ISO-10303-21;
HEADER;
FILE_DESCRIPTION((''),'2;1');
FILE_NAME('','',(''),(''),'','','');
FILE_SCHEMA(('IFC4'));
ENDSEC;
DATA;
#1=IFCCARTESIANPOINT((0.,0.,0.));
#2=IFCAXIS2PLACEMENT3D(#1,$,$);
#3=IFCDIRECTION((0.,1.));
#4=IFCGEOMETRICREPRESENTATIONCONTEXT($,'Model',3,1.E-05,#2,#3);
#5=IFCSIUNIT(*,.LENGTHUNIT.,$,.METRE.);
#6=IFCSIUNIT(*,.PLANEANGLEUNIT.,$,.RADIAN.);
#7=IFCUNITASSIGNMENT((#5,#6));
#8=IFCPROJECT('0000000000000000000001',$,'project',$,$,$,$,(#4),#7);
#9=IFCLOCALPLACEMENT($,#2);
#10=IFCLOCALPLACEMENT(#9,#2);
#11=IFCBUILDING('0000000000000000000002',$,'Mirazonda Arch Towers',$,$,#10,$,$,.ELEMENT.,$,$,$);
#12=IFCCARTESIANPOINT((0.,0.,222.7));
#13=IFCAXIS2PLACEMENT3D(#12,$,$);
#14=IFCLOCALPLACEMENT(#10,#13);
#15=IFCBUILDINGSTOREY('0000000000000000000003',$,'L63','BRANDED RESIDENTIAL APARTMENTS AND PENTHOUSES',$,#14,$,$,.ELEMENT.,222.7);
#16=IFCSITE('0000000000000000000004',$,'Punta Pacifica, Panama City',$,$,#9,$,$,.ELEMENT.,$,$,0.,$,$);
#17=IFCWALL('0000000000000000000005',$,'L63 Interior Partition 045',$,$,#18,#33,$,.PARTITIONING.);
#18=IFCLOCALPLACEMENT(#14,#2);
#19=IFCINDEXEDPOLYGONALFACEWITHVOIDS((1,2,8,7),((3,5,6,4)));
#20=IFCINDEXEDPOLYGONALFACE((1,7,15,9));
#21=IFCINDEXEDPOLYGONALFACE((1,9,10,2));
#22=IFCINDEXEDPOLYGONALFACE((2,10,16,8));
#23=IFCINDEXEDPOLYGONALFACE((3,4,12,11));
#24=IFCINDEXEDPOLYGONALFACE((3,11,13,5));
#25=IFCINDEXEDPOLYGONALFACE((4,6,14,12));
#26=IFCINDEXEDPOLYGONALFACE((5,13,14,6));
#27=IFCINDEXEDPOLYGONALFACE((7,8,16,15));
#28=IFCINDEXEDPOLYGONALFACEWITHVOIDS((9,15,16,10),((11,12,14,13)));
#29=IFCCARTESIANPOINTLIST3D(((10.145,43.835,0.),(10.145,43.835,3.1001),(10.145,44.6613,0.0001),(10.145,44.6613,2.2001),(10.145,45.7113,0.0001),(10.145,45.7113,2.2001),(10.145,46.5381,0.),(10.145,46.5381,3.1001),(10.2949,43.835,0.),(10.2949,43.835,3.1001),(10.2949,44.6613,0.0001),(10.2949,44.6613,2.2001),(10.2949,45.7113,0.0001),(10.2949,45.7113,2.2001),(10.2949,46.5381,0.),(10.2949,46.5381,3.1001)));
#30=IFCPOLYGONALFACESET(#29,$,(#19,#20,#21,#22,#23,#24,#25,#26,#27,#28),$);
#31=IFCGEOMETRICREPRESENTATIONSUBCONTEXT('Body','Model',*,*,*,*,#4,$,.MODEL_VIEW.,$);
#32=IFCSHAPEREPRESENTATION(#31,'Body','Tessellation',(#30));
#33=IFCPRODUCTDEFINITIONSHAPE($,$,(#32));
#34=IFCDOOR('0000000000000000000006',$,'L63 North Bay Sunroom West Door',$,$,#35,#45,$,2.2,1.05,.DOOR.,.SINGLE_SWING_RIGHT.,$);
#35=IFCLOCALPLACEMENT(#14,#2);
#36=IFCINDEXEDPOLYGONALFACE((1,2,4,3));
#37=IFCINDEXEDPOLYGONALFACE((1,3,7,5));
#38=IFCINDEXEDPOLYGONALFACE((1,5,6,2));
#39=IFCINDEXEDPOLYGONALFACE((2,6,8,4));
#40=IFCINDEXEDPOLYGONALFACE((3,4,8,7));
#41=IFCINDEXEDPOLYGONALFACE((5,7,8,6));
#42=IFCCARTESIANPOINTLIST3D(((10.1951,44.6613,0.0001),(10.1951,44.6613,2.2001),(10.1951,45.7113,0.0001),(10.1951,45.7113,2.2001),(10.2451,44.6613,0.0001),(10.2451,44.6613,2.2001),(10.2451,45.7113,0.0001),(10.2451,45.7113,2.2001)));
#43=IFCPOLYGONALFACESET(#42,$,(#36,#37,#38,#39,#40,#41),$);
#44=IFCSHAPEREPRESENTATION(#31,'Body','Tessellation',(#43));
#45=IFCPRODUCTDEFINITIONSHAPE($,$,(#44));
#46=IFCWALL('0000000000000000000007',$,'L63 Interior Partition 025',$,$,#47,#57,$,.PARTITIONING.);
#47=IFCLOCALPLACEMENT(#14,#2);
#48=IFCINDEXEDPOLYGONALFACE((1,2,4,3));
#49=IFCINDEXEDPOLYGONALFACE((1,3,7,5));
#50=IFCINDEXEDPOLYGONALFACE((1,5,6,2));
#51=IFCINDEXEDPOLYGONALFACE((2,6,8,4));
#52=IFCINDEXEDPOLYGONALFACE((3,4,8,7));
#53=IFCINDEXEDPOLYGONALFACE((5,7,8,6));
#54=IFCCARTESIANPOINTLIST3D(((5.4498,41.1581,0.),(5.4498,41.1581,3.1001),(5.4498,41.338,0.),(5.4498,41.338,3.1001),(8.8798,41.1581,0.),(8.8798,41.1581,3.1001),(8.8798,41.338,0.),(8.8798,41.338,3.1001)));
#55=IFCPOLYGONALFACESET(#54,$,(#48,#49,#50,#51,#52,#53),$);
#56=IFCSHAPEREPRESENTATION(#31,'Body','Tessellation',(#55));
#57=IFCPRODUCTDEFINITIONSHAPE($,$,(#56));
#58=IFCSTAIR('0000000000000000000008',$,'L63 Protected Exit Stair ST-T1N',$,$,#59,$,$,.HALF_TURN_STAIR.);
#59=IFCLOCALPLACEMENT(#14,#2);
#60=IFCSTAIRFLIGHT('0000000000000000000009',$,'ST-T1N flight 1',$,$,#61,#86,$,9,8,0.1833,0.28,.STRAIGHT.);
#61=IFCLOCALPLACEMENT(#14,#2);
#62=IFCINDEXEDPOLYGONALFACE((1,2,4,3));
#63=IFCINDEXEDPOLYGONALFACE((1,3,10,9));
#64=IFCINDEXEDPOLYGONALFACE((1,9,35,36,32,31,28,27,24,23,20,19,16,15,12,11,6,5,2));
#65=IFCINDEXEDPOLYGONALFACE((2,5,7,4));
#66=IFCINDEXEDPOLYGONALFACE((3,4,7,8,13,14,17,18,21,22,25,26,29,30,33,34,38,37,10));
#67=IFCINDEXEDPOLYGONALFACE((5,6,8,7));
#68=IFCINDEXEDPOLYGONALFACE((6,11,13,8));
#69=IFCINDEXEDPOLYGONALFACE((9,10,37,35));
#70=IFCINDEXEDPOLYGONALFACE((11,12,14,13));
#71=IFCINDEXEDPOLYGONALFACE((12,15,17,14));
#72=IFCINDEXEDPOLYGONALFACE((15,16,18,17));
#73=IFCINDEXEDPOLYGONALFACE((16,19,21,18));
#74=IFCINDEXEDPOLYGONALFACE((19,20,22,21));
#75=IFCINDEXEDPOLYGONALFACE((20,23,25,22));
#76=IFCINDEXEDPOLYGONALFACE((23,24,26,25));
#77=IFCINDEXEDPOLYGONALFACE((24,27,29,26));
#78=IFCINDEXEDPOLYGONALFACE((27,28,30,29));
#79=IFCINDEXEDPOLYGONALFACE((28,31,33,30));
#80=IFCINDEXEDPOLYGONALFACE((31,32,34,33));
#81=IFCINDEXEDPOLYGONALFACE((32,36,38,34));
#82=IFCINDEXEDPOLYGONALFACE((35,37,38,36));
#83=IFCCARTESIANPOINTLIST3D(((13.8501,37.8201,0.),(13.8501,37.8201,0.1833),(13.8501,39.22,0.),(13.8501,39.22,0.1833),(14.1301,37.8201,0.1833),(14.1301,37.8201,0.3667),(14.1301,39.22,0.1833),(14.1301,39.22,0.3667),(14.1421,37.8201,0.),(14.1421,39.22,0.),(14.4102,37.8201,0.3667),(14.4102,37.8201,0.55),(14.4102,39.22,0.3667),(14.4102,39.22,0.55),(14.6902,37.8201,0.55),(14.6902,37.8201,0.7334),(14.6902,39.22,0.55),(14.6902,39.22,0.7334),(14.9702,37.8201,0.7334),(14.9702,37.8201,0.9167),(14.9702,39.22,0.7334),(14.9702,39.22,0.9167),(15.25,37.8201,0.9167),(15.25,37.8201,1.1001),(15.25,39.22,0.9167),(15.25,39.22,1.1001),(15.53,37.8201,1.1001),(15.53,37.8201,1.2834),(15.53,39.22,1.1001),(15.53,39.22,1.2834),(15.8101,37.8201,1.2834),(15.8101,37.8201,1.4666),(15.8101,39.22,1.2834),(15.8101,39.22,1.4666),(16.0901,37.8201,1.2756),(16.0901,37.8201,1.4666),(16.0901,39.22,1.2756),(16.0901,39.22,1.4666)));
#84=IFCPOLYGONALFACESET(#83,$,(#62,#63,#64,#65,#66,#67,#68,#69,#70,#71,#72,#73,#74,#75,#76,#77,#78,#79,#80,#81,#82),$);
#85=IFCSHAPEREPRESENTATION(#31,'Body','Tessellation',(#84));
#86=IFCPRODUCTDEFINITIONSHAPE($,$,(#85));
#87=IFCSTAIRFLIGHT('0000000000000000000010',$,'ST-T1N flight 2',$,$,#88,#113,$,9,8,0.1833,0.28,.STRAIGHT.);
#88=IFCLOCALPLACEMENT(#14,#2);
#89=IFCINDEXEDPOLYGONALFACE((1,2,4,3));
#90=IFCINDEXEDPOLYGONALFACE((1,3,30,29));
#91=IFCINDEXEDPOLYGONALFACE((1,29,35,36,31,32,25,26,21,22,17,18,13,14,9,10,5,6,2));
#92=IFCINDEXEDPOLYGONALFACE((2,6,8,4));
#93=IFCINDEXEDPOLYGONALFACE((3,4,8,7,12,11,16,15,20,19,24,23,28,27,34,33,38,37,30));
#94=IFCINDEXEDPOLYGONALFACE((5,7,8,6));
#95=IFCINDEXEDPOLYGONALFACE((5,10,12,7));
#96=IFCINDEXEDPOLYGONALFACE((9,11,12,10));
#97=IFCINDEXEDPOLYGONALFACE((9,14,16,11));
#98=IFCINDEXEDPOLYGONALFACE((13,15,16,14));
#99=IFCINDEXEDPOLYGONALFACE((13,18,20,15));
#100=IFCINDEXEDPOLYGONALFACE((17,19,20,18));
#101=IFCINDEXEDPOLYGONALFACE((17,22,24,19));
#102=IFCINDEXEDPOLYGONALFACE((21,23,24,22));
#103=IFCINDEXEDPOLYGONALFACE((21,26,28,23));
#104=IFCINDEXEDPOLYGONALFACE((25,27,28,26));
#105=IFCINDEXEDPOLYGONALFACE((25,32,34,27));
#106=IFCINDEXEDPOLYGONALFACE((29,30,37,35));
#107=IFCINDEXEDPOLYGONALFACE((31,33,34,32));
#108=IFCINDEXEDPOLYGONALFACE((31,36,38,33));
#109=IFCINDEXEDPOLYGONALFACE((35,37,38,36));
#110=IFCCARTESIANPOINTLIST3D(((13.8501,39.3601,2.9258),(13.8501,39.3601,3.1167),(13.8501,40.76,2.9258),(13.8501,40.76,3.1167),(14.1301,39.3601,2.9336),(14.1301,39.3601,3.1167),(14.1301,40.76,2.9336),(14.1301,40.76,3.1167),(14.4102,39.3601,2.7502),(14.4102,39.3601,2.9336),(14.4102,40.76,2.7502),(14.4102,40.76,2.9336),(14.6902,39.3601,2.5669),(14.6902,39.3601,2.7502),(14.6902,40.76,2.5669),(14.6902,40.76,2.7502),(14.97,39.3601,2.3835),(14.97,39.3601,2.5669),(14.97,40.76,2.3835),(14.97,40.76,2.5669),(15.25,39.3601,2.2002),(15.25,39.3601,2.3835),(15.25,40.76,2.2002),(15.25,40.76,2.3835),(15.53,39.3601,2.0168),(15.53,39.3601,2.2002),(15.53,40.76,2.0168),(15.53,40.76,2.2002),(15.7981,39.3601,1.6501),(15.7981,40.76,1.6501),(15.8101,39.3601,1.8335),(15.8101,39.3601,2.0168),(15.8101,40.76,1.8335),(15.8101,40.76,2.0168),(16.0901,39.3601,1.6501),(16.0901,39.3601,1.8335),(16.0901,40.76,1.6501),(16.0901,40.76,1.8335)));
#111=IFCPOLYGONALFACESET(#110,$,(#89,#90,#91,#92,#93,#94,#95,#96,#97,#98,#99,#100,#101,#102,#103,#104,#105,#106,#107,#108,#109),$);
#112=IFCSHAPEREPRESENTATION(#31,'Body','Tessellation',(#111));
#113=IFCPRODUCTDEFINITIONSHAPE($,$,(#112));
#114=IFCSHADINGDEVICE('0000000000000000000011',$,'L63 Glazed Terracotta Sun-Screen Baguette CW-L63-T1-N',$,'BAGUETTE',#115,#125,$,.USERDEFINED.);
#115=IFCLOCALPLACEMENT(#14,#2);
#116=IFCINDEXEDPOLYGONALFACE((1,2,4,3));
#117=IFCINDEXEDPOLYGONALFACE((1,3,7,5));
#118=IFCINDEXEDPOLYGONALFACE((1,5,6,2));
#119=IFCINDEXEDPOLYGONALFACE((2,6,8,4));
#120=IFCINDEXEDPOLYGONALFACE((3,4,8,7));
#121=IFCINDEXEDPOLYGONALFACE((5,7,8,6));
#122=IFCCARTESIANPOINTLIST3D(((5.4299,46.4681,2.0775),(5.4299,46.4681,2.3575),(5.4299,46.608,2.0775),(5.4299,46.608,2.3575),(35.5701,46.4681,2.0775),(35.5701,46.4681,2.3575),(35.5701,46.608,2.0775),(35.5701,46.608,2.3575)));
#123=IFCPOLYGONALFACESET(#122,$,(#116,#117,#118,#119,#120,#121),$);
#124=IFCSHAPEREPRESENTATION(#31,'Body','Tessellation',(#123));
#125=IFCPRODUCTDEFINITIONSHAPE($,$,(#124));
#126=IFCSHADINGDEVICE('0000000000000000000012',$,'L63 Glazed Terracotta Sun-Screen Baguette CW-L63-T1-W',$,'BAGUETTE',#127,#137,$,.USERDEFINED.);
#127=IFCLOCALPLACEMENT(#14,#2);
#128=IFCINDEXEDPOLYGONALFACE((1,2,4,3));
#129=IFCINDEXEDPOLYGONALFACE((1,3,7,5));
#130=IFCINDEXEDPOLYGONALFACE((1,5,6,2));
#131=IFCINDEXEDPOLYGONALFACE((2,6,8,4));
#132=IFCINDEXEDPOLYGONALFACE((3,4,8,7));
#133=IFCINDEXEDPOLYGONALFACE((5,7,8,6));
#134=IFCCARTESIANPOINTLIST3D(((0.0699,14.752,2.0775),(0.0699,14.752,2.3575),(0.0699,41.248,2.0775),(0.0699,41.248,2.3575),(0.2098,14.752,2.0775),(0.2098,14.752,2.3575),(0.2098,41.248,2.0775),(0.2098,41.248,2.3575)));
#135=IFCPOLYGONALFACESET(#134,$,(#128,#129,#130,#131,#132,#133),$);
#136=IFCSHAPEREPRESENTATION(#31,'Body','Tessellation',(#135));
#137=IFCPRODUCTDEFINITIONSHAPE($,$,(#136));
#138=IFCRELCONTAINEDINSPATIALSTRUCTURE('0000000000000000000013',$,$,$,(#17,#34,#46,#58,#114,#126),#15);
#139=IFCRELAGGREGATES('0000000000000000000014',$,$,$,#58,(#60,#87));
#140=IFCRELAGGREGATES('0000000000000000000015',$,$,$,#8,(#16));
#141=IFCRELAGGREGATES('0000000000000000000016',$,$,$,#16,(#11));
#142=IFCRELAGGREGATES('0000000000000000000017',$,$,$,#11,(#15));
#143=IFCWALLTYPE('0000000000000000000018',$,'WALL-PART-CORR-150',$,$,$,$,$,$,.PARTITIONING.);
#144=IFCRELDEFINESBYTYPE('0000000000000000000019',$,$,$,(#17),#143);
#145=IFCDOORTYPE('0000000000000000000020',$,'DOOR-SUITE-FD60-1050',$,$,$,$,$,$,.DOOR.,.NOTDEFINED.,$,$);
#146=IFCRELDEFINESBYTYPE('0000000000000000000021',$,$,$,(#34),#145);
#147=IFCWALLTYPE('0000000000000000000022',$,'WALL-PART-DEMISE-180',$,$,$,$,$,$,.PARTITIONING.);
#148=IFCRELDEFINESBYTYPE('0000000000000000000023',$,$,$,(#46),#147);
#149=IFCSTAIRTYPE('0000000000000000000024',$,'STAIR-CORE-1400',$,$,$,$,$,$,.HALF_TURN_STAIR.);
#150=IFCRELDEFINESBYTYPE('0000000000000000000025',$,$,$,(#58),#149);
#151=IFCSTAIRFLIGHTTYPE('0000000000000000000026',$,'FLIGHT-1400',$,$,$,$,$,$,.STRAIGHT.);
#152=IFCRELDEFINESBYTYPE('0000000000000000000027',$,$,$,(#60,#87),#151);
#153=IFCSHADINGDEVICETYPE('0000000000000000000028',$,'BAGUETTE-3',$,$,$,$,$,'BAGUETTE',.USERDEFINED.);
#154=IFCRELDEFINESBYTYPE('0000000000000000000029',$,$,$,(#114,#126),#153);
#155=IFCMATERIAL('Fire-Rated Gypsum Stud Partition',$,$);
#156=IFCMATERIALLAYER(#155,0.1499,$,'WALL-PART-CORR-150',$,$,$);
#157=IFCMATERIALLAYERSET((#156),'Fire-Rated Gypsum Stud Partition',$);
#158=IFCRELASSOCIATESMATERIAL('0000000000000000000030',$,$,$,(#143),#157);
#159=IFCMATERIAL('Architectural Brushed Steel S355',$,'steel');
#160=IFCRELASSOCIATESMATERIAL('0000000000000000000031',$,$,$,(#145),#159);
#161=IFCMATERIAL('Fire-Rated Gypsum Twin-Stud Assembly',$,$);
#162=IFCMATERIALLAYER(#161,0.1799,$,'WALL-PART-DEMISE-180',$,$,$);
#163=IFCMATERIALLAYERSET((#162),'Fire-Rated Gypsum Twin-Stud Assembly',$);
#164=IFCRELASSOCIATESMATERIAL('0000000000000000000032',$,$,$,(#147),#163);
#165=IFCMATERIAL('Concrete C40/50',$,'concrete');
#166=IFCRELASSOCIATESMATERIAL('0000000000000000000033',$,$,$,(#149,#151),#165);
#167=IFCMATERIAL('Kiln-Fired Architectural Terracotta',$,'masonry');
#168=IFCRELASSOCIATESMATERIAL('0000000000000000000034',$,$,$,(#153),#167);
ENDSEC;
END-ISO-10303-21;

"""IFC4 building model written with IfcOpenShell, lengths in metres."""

from ifc_helpers import new_model, si_unit, direction, frame, frame_2d, origin, origin_2d, place, context, subcontext, project, spatial, polyline, rectangle, outline, extrude, material, layer, layer_set, material_profile, profile_set, type_object, element, fill, aggregate, save


model = new_model("IFC4")

# Units and contexts
model_context = context("Model", 3, precision=1e-05, world=origin(), true_north=direction((0.0, 1.0)))
body_context = subcontext(model_context, "Body", "Model", "MODEL_VIEW")
ifc_project = project(units=[si_unit("LENGTHUNIT", "METRE"), si_unit("PLANEANGLEUNIT", "RADIAN")], contexts=[model_context])

# Site, building, storey
site_placement = place(None, origin())
site = spatial("IfcSite", under=ifc_project, at=site_placement, Name="Punta Pacifica, Panama City", CompositionType="ELEMENT", RefElevation=0.0)
building_placement = place(site_placement, origin())
building = spatial("IfcBuilding", under=site, at=building_placement, Name="Mirazonda Arch Towers", CompositionType="ELEMENT")
storey_placement = place(building_placement, frame((0.0, 0.0, 222.7)))
storey = spatial("IfcBuildingStorey", under=building, at=storey_placement, Name="L63", Description="BRANDED RESIDENTIAL APARTMENTS AND PENTHOUSES", CompositionType="ELEMENT", Elevation=222.7)

# Shared definitions
ifc_material_1 = material(Name="Fire-Rated Gypsum Stud Partition")
ifc_layer_1 = layer(ifc_material_1, 0.1499, Name="WALL-PART-CORR-150")
ifc_layer_set_1 = layer_set([ifc_layer_1], Name="Fire-Rated Gypsum Stud Partition")
wall_type_1 = type_object("IfcWallType", Name="WALL-PART-CORR-150", PredefinedType="PARTITIONING", material=ifc_layer_set_1)

# Wall, opening, door
wall_1_placement = place(storey_placement, frame((10.22, 43.835, 0.0), z_axis=(0.0, 0.0, 1.0), x_axis=(0.0, 1.0, 0.0)))
wall_1 = element("IfcWall", 1, at=wall_1_placement, inside=storey, type_object=wall_type_1, Name="L63 Interior Partition 045", PredefinedType="PARTITIONING", context=body_context, shape_type="SweptSolid", body=[
    extrude(rectangle(XDim=2.7031, YDim=0.1499, at=frame_2d((1.3516, 0.0))), origin(), (0.0, 0.0, 1.0), 3.1001),
])
opening_1_placement = place(wall_1_placement, frame((0.8264, 0.0, 0.0)))
opening_1 = element("IfcOpeningElement", 2, at=opening_1_placement, cuts=wall_1, PredefinedType="OPENING", context=body_context, shape_type="SweptSolid", body=[
    extrude(rectangle(XDim=1.05, YDim=2.2, at=frame_2d((0.5249, 1.1001))), frame((0.0, 0.085, 0.0), z_axis=(0.0, -1.0, 0.0), x_axis=(1.0, 0.0, 0.0)), (0.0, 0.0, 1.0), 0.1699),
])
ifc_material_2 = material(Name="Architectural Brushed Steel S355", Category="steel")
door_type_1 = type_object("IfcDoorType", Name="DOOR-SUITE-FD60-1050", OperationType="NOTDEFINED", PredefinedType="DOOR", material=ifc_material_2)
door_1_placement = place(opening_1_placement, origin())
door_1 = element("IfcDoor", 3, at=door_1_placement, inside=storey, type_object=door_type_1, Name="L63 North Bay Sunroom West Door", OperationType="SINGLE_SWING_RIGHT", OverallHeight=2.2, OverallWidth=1.05, PredefinedType="DOOR", context=body_context, shape_type="SweptSolid", body=[
    extrude(rectangle(XDim=1.05, YDim=2.2, at=frame_2d((0.5249, 1.1001))), frame((0.0, 0.0249, 0.0), z_axis=(0.0, -1.0, 0.0), x_axis=(1.0, 0.0, 0.0)), (0.0, 0.0, 1.0), 0.05),
])
fill(opening_1, door_1)

# Wall
ifc_material_3 = material(Name="Fire-Rated Gypsum Twin-Stud Assembly")
ifc_layer_2 = layer(ifc_material_3, 0.1799, Name="WALL-PART-DEMISE-180")
ifc_layer_set_2 = layer_set([ifc_layer_2], Name="Fire-Rated Gypsum Twin-Stud Assembly")
wall_type_2 = type_object("IfcWallType", Name="WALL-PART-DEMISE-180", PredefinedType="PARTITIONING", material=ifc_layer_set_2)
wall_2_placement = place(storey_placement, frame((5.45, 41.248, 0.0), z_axis=(0.0, 0.0, 1.0), x_axis=(1.0, 0.0, 0.0)))
element("IfcWall", 4, at=wall_2_placement, inside=storey, type_object=wall_type_2, Name="L63 Interior Partition 025", PredefinedType="PARTITIONING", context=body_context, shape_type="SweptSolid", body=[
    extrude(rectangle(XDim=3.4299, YDim=0.1799, at=frame_2d((1.7148, 0.0))), origin(), (0.0, 0.0, 1.0), 3.1001),
])

# Stair, stair flights
ifc_material_4 = material(Name="Concrete C40/50", Category="concrete")
stair_type = type_object("IfcStairType", Name="STAIR-CORE-1400", PredefinedType="HALF_TURN_STAIR", material=ifc_material_4)
stair_placement = place(storey_placement, origin())
stair = element("IfcStair", 5, at=stair_placement, inside=storey, type_object=stair_type, Name="L63 Protected Exit Stair ST-T1N", PredefinedType="HALF_TURN_STAIR")
stair_flight_type = type_object("IfcStairFlightType", Name="FLIGHT-1400", PredefinedType="STRAIGHT", material=ifc_material_4)
stair_flight_1_placement = place(storey_placement, frame((13.8501, 38.52, 0.0), z_axis=(0.0, 0.0, 1.0), x_axis=(1.0, 0.0, 0.0)))
stair_flight_1 = element("IfcStairFlight", 6, at=stair_flight_1_placement, type_object=stair_flight_type, Name="ST-T1N flight 1", NumberOfRisers=9, NumberOfTreads=8, PredefinedType="STRAIGHT", RiserHeight=0.1833, TreadLength=0.28, context=body_context, shape_type="SweptSolid", body=[
    extrude(outline(polyline([(0.0, 0.0), (0.0, 0.1833), (0.28, 0.1833), (0.28, 0.3667), (0.5601, 0.3667), (0.5601, 0.55), (0.8401, 0.55), (0.8401, 0.7334), (1.1201, 0.7334), (1.1201, 0.9167), (1.3999, 0.9167), (1.3999, 1.1001), (1.6799, 1.1001), (1.6799, 1.2834), (1.96, 1.2834), (1.96, 1.4666), (2.24, 1.4666), (2.24, 1.6499), (2.24, 1.2756), (0.292, 0.0), (0.0, 0.0)])), frame((0.0, 0.7, 0.0), z_axis=(0.0, -1.0, 0.0), x_axis=(1.0, 0.0, 0.0)), (0.0, 0.0, 1.0), 1.3999),
])
stair_flight_2_placement = place(storey_placement, frame((16.0901, 40.0601, 1.6501), z_axis=(0.0, 0.0, 1.0), x_axis=(-1.0, 0.0, 0.0)))
stair_flight_2 = element("IfcStairFlight", 7, at=stair_flight_2_placement, type_object=stair_flight_type, Name="ST-T1N flight 2", NumberOfRisers=9, NumberOfTreads=8, PredefinedType="STRAIGHT", RiserHeight=0.1833, TreadLength=0.28, context=body_context, shape_type="SweptSolid", body=[
    extrude(outline(polyline([(0.0, 0.0), (0.0, 0.1833), (0.28, 0.1833), (0.28, 0.3667), (0.5601, 0.3667), (0.5601, 0.55), (0.8401, 0.55), (0.8401, 0.7334), (1.1201, 0.7334), (1.1201, 0.9167), (1.3999, 0.9167), (1.3999, 1.1001), (1.6799, 1.1001), (1.6799, 1.2834), (1.96, 1.2834), (1.96, 1.4666), (2.24, 1.4666), (2.24, 1.6499), (2.24, 1.2756), (0.292, 0.0), (0.0, 0.0)])), frame((0.0, 0.7, 0.0), z_axis=(0.0, -1.0, 0.0), x_axis=(1.0, 0.0, 0.0)), (0.0, 0.0, 1.0), 1.3999),
])
aggregate(stair, [stair_flight_1, stair_flight_2])

# Shading devices
ifc_material_5 = material(Name="Kiln-Fired Architectural Terracotta", Category="masonry")
ifc_material_profile_1 = material_profile(ifc_material_5, rectangle(XDim=0.1399, YDim=0.28, at=origin_2d()), Name="TERRA-BAG-140x280")
ifc_profile_set_1 = profile_set([ifc_material_profile_1], Name="Kiln-Fired Architectural Terracotta")
shading_device_type = type_object("IfcShadingDeviceType", Name="BAGUETTE-3", ElementType="BAGUETTE", PredefinedType="USERDEFINED", material=ifc_profile_set_1)
shading_device_1_placement = place(storey_placement, frame((5.4299, 46.5381, 2.2175), z_axis=(1.0, 0.0, 0.0), x_axis=(0.0, 1.0, 0.0)))
element("IfcShadingDevice", 8, at=shading_device_1_placement, inside=storey, type_object=shading_device_type, Name="L63 Glazed Terracotta Sun-Screen Baguette CW-L63-T1-N", ObjectType="BAGUETTE", PredefinedType="USERDEFINED", context=body_context, shape_type="SweptSolid", body=[
    extrude(rectangle(XDim=0.1399, YDim=0.28, at=origin_2d()), origin(), (0.0, 0.0, 1.0), 30.1401),
])
shading_device_2_placement = place(storey_placement, frame((0.1399, 41.248, 2.2175), z_axis=(0.0, -1.0, 0.0), x_axis=(1.0, 0.0, 0.0)))
element("IfcShadingDevice", 9, at=shading_device_2_placement, inside=storey, type_object=shading_device_type, Name="L63 Glazed Terracotta Sun-Screen Baguette CW-L63-T1-W", ObjectType="BAGUETTE", PredefinedType="USERDEFINED", context=body_context, shape_type="SweptSolid", body=[
    extrude(rectangle(XDim=0.1399, YDim=0.28, at=origin_2d()), origin(), (0.0, 0.0, 1.0), 26.4961),
])

save(model, "model.ifc")
